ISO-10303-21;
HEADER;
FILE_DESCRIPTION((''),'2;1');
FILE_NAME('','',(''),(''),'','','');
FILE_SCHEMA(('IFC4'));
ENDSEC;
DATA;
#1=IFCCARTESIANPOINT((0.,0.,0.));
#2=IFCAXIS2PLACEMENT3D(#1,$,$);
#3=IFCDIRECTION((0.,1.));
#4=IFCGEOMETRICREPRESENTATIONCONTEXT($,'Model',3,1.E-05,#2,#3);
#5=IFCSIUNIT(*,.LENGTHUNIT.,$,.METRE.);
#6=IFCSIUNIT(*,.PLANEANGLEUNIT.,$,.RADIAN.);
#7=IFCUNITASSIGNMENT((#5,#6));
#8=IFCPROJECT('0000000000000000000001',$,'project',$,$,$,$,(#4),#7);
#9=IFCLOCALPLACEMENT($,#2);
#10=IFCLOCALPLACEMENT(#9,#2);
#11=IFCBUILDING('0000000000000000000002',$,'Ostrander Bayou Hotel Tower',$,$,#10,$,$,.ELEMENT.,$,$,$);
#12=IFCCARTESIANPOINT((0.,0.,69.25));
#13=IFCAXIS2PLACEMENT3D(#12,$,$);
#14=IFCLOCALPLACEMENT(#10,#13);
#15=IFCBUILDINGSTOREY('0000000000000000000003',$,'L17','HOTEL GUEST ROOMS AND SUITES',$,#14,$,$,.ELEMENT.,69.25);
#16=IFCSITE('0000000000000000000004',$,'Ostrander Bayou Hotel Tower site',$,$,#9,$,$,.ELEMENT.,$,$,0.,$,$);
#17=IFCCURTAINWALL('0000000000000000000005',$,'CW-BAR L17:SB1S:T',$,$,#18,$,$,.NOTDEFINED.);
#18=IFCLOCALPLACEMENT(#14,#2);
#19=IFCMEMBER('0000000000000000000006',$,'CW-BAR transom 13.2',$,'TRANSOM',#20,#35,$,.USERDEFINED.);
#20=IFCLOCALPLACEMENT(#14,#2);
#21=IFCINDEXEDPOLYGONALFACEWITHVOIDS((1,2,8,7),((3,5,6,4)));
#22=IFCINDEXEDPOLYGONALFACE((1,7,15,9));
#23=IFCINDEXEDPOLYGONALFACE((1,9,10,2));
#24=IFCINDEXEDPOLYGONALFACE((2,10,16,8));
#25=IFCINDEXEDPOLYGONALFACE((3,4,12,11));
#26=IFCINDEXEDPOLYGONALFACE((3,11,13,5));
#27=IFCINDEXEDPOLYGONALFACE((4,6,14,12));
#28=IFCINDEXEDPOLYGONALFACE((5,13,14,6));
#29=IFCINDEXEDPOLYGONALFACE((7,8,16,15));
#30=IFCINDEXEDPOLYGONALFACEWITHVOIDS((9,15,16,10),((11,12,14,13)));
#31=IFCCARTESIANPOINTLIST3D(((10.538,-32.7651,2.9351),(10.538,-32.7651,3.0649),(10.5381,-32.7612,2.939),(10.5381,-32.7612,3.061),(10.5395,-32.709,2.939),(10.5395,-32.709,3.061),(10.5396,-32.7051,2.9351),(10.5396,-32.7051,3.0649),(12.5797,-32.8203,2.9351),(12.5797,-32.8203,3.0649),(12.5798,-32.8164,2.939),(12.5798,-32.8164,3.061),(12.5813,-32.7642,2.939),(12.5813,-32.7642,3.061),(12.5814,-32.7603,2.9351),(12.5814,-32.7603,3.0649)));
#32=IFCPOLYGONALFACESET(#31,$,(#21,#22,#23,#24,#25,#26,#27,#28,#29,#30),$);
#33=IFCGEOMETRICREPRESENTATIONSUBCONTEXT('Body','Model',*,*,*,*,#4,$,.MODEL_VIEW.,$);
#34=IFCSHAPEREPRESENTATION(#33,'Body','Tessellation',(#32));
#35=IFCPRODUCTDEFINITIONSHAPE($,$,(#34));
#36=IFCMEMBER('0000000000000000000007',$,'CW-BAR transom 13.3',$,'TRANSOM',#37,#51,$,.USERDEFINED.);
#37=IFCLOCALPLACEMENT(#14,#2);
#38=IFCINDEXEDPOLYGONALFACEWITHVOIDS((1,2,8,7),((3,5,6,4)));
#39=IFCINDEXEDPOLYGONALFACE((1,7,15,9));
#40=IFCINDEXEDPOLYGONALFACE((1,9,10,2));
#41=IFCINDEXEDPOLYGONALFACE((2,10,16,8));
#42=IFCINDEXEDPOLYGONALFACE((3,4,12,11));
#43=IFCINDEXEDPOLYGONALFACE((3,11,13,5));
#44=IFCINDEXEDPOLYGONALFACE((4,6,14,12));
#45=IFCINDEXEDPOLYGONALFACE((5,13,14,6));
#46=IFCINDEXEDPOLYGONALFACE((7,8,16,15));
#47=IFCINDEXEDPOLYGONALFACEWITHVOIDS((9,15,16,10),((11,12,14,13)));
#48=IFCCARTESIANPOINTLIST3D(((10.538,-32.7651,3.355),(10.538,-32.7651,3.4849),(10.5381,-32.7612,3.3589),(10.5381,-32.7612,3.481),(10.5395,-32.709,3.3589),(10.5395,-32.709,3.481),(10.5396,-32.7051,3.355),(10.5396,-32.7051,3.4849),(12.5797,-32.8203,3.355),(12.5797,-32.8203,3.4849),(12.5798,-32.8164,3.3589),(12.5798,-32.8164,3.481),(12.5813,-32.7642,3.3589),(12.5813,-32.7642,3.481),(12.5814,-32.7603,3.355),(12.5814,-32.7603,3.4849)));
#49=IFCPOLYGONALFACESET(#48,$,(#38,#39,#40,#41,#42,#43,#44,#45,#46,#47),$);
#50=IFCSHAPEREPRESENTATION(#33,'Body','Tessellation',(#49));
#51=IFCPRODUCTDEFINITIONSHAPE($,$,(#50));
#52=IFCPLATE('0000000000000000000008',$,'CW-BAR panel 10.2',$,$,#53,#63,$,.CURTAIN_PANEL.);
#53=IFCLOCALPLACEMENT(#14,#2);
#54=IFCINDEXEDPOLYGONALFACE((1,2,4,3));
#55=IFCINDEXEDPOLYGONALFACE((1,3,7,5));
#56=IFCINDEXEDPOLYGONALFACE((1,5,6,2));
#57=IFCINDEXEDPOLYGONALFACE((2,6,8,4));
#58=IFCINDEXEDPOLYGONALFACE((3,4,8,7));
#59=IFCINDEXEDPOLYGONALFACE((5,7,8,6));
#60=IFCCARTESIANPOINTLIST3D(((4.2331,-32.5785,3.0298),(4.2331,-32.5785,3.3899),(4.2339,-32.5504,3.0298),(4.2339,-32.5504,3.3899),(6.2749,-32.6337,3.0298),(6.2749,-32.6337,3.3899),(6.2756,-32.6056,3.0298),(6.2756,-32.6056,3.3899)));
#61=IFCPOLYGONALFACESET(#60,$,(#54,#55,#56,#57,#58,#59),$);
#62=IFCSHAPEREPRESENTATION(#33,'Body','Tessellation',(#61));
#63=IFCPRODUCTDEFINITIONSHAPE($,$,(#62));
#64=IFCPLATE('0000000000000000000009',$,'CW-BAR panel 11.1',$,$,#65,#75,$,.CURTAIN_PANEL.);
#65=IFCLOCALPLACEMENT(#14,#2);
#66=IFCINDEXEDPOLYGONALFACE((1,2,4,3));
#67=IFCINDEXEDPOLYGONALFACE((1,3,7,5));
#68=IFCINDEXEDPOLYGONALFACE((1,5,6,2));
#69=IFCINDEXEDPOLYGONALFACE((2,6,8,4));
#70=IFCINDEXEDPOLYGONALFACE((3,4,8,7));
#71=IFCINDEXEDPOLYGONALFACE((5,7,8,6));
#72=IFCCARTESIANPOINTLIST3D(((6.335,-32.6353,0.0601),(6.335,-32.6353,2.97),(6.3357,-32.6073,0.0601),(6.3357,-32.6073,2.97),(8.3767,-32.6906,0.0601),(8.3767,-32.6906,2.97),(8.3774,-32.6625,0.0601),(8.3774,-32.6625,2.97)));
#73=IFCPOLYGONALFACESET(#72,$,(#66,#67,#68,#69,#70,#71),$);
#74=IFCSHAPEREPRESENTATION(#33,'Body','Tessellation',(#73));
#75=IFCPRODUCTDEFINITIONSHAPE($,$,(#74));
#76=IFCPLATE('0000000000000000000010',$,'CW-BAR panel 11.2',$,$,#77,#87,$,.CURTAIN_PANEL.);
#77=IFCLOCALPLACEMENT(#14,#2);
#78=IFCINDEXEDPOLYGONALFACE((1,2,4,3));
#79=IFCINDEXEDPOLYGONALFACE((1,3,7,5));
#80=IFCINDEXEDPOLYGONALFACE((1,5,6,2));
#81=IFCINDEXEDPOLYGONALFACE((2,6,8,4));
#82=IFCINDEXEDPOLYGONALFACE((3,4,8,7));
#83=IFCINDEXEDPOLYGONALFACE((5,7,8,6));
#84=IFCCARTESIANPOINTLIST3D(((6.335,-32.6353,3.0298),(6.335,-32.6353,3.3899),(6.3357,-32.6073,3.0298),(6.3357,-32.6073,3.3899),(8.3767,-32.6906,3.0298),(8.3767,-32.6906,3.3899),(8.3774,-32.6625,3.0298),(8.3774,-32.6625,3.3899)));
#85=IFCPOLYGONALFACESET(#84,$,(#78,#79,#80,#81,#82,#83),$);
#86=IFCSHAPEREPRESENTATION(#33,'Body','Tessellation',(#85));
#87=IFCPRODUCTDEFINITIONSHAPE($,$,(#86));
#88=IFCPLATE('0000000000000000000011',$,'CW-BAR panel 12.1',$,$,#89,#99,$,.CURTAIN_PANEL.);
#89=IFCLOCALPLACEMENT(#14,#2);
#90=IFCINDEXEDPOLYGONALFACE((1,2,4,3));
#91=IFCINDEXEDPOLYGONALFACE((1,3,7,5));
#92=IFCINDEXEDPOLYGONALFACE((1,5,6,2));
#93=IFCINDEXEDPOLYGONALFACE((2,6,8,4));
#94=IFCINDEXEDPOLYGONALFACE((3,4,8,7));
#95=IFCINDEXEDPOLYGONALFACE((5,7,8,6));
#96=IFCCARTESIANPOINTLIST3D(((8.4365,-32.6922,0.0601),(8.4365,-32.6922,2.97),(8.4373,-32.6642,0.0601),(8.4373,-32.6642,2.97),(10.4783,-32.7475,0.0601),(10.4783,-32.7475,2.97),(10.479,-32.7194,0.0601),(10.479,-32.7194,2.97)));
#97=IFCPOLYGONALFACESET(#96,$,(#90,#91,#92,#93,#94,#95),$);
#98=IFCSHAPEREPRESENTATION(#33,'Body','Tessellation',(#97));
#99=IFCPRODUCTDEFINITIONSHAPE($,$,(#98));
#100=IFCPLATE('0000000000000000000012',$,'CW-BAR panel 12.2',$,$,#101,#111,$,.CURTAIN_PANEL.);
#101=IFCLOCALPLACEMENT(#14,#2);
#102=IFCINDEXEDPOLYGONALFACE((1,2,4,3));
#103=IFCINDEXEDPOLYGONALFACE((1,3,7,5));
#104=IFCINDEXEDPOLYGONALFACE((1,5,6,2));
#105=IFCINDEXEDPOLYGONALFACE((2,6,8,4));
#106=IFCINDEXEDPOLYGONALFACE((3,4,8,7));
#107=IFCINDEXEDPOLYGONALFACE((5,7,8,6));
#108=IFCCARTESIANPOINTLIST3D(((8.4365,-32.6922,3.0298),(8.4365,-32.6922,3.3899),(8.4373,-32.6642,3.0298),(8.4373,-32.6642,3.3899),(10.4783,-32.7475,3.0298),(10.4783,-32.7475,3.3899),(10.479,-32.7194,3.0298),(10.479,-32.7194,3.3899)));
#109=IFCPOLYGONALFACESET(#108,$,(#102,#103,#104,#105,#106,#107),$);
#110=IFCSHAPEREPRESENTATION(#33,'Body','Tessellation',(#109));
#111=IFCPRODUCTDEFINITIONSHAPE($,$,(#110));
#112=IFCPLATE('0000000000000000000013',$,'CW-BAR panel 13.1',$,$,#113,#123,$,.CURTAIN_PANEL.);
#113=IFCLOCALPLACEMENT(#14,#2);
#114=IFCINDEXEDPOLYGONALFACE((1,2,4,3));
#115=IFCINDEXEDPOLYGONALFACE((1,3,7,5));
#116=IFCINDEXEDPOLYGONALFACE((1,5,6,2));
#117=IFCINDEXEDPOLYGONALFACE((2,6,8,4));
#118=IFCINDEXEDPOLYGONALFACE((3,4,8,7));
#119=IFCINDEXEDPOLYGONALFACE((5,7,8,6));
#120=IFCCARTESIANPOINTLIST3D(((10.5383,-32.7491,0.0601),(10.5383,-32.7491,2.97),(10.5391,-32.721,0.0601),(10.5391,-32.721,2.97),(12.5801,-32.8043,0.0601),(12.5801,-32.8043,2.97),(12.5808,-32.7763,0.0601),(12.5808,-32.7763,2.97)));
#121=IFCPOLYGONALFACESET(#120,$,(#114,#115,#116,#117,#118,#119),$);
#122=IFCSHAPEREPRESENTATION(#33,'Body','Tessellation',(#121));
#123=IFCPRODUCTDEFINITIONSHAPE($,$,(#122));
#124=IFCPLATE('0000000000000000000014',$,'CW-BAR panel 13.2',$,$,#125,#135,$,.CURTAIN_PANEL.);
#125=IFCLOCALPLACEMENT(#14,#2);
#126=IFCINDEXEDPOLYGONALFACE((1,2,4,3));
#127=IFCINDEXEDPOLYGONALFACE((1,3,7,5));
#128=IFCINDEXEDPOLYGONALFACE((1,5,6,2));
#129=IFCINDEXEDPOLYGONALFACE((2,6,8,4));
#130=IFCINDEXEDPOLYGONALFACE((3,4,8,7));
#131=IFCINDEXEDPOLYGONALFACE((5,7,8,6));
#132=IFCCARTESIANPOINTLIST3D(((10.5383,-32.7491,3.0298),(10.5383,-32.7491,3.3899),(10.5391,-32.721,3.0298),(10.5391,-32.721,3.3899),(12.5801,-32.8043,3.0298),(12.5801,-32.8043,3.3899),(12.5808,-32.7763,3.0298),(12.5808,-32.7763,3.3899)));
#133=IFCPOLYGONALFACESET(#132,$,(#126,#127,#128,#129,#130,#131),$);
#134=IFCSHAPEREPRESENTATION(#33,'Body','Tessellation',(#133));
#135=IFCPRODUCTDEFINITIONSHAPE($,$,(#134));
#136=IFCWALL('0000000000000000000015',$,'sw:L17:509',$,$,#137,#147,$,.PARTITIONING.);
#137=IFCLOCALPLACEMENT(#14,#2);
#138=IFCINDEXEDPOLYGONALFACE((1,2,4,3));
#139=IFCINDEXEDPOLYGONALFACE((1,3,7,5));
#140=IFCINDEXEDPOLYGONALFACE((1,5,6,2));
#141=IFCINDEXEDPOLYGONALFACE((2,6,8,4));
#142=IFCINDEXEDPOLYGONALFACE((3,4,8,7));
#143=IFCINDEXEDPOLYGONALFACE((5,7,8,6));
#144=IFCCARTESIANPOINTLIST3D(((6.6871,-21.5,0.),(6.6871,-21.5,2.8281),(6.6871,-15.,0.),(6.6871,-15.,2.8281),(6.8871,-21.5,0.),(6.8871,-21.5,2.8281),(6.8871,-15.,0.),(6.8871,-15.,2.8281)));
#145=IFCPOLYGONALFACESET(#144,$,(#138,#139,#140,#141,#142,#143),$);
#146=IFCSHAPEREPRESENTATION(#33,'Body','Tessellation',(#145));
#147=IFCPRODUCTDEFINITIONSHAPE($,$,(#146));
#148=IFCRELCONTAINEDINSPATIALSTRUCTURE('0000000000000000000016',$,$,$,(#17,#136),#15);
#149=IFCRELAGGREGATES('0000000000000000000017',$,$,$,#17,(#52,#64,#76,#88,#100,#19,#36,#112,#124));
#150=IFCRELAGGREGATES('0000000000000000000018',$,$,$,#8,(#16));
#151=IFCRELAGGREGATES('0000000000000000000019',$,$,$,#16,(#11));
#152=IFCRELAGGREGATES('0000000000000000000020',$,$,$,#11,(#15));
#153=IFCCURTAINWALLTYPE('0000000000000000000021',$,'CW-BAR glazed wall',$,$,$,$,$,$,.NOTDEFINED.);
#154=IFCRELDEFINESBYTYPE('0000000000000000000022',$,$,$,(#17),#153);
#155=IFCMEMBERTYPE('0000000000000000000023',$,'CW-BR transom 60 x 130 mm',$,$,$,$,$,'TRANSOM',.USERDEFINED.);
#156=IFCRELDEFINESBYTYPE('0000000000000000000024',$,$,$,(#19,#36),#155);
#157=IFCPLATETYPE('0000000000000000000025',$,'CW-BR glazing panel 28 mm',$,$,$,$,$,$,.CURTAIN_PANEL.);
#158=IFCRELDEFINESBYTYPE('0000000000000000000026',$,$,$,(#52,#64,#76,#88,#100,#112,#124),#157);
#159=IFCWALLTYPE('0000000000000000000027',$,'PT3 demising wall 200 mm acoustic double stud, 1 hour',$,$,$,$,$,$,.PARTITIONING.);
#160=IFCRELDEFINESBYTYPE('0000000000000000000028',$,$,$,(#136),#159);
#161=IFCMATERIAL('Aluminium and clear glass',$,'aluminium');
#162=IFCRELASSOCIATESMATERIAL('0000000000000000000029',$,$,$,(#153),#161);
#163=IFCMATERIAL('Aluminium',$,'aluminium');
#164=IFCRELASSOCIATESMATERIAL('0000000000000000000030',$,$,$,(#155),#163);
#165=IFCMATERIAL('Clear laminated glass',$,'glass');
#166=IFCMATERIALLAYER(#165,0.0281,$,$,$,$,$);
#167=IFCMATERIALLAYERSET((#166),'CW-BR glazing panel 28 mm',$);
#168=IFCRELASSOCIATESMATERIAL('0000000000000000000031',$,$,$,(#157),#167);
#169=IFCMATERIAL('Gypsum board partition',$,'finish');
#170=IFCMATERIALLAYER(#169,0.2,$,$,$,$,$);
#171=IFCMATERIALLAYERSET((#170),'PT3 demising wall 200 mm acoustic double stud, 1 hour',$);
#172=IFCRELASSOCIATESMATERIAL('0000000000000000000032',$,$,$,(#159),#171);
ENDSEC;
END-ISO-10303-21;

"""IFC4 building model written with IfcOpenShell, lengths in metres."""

from ifc_helpers import new_model, si_unit, direction, frame, frame_2d, origin, origin_2d, place, context, subcontext, project, spatial, rectangle, hollow_rectangle, extrude, material, layer, layer_set, material_profile, profile_set, type_object, element, aggregate, save


model = new_model("IFC4")

# Units and contexts
model_context = context("Model", 3, precision=1e-05, world=origin(), true_north=direction((0.0, 1.0)))
body_context = subcontext(model_context, "Body", "Model", "MODEL_VIEW")
ifc_project = project(units=[si_unit("LENGTHUNIT", "METRE"), si_unit("PLANEANGLEUNIT", "RADIAN")], contexts=[model_context])

# Site, building, storey
site_placement = place(None, origin())
site = spatial("IfcSite", under=ifc_project, at=site_placement, Name="Ostrander Bayou Hotel Tower site", CompositionType="ELEMENT", RefElevation=0.0)
building_placement = place(site_placement, origin())
building = spatial("IfcBuilding", under=site, at=building_placement, Name="Ostrander Bayou Hotel Tower", CompositionType="ELEMENT")
storey_placement = place(building_placement, frame((0.0, 0.0, 69.25)))
storey = spatial("IfcBuildingStorey", under=building, at=storey_placement, Name="L17", Description="HOTEL GUEST ROOMS AND SUITES", CompositionType="ELEMENT", Elevation=69.25)

# Curtain wall, members, plates
ifc_material_1 = material(Name="Aluminium and clear glass", Category="aluminium")
curtain_wall_type = type_object("IfcCurtainWallType", Name="CW-BAR glazed wall", PredefinedType="NOTDEFINED", material=ifc_material_1)
curtain_wall_placement = place(storey_placement, origin())
curtain_wall = element("IfcCurtainWall", 1, at=curtain_wall_placement, inside=storey, type_object=curtain_wall_type, Name="CW-BAR L17:SB1S:T", PredefinedType="NOTDEFINED")
ifc_material_2 = material(Name="Aluminium", Category="aluminium")
ifc_material_profile_1 = material_profile(ifc_material_2, hollow_rectangle(XDim=0.0601, YDim=0.1299, WallThickness=0.0039, at=origin_2d()))
ifc_profile_set_1 = profile_set([ifc_material_profile_1], Name="Aluminium")
member_type_1 = type_object("IfcMemberType", Name="CW-BR transom 60 x 130 mm", ElementType="TRANSOM", PredefinedType="USERDEFINED", material=ifc_profile_set_1)
member_1_placement = place(storey_placement, frame((10.5388, -32.7351, 3.0), z_axis=(0.999635, -0.027014, 0.0), x_axis=(0.027014, 0.999635, 0.0)))
member_1 = element("IfcMember", 2, at=member_1_placement, type_object=member_type_1, Name="CW-BAR transom 13.2", ObjectType="TRANSOM", PredefinedType="USERDEFINED", context=body_context, shape_type="SweptSolid", body=[
    extrude(hollow_rectangle(XDim=0.0601, YDim=0.1299, WallThickness=0.0039, at=origin_2d()), origin(), (0.0, 0.0, 1.0), 2.0425),
])
member_2_placement = place(storey_placement, frame((10.5388, -32.7351, 3.4199), z_axis=(0.999635, -0.027014, 0.0), x_axis=(0.027014, 0.999635, 0.0)))
member_2 = element("IfcMember", 3, at=member_2_placement, type_object=member_type_1, Name="CW-BAR transom 13.3", ObjectType="TRANSOM", PredefinedType="USERDEFINED", context=body_context, shape_type="SweptSolid", body=[
    extrude(hollow_rectangle(XDim=0.0601, YDim=0.1299, WallThickness=0.0039, at=origin_2d()), origin(), (0.0, 0.0, 1.0), 2.0425),
])
ifc_material_3 = material(Name="Clear laminated glass", Category="glass")
ifc_layer_1 = layer(ifc_material_3, 0.0281)
ifc_layer_set_1 = layer_set([ifc_layer_1], Name="CW-BR glazing panel 28 mm")
plate_type = type_object("IfcPlateType", Name="CW-BR glazing panel 28 mm", PredefinedType="CURTAIN_PANEL", material=ifc_layer_set_1)
plate_1_placement = place(storey_placement, frame((5.2544, -32.592, 3.0298), z_axis=(0.0, 0.0, 1.0), x_axis=(0.999634, -0.027042, 0.0)))
plate_1 = element("IfcPlate", 4, at=plate_1_placement, type_object=plate_type, Name="CW-BAR panel 10.2", PredefinedType="CURTAIN_PANEL", context=body_context, shape_type="SweptSolid", body=[
    extrude(rectangle(XDim=2.0425, YDim=0.0281, at=origin_2d()), origin(), (0.0, 0.0, 1.0), 0.3601),
])
plate_2_placement = place(storey_placement, frame((7.3562, -32.6489, 0.0601), z_axis=(0.0, 0.0, 1.0), x_axis=(0.999634, -0.027042, 0.0)))
plate_2 = element("IfcPlate", 5, at=plate_2_placement, type_object=plate_type, Name="CW-BAR panel 11.1", PredefinedType="CURTAIN_PANEL", context=body_context, shape_type="SweptSolid", body=[
    extrude(rectangle(XDim=2.0425, YDim=0.0281, at=origin_2d()), origin(), (0.0, 0.0, 1.0), 2.9099),
])
plate_3_placement = place(storey_placement, frame((7.3562, -32.6489, 3.0298), z_axis=(0.0, 0.0, 1.0), x_axis=(0.999634, -0.027042, 0.0)))
plate_3 = element("IfcPlate", 6, at=plate_3_placement, type_object=plate_type, Name="CW-BAR panel 11.2", PredefinedType="CURTAIN_PANEL", context=body_context, shape_type="SweptSolid", body=[
    extrude(rectangle(XDim=2.0425, YDim=0.0281, at=origin_2d()), origin(), (0.0, 0.0, 1.0), 0.3601),
])
plate_4_placement = place(storey_placement, frame((9.4578, -32.7058, 0.0601), z_axis=(0.0, 0.0, 1.0), x_axis=(0.999634, -0.027042, 0.0)))
plate_4 = element("IfcPlate", 7, at=plate_4_placement, type_object=plate_type, Name="CW-BAR panel 12.1", PredefinedType="CURTAIN_PANEL", context=body_context, shape_type="SweptSolid", body=[
    extrude(rectangle(XDim=2.0425, YDim=0.0281, at=origin_2d()), origin(), (0.0, 0.0, 1.0), 2.9099),
])
plate_5_placement = place(storey_placement, frame((9.4578, -32.7058, 3.0298), z_axis=(0.0, 0.0, 1.0), x_axis=(0.999634, -0.027042, 0.0)))
plate_5 = element("IfcPlate", 8, at=plate_5_placement, type_object=plate_type, Name="CW-BAR panel 12.2", PredefinedType="CURTAIN_PANEL", context=body_context, shape_type="SweptSolid", body=[
    extrude(rectangle(XDim=2.0425, YDim=0.0281, at=origin_2d()), origin(), (0.0, 0.0, 1.0), 0.3601),
])
plate_6_placement = place(storey_placement, frame((11.5596, -32.7627, 0.0601), z_axis=(0.0, 0.0, 1.0), x_axis=(0.999634, -0.027042, 0.0)))
plate_6 = element("IfcPlate", 9, at=plate_6_placement, type_object=plate_type, Name="CW-BAR panel 13.1", PredefinedType="CURTAIN_PANEL", context=body_context, shape_type="SweptSolid", body=[
    extrude(rectangle(XDim=2.0425, YDim=0.0281, at=origin_2d()), origin(), (0.0, 0.0, 1.0), 2.9099),
])
plate_7_placement = place(storey_placement, frame((11.5596, -32.7627, 3.0298), z_axis=(0.0, 0.0, 1.0), x_axis=(0.999634, -0.027042, 0.0)))
plate_7 = element("IfcPlate", 10, at=plate_7_placement, type_object=plate_type, Name="CW-BAR panel 13.2", PredefinedType="CURTAIN_PANEL", context=body_context, shape_type="SweptSolid", body=[
    extrude(rectangle(XDim=2.0425, YDim=0.0281, at=origin_2d()), origin(), (0.0, 0.0, 1.0), 0.3601),
])
aggregate(curtain_wall, [plate_1, plate_2, plate_3, plate_4, plate_5, member_1, member_2, plate_6, plate_7])

# Wall
ifc_material_4 = material(Name="Gypsum board partition", Category="finish")
ifc_layer_2 = layer(ifc_material_4, 0.2)
ifc_layer_set_2 = layer_set([ifc_layer_2], Name="PT3 demising wall 200 mm acoustic double stud, 1 hour")
wall_type = type_object("IfcWallType", Name="PT3 demising wall 200 mm acoustic double stud, 1 hour", PredefinedType="PARTITIONING", material=ifc_layer_set_2)
wall_placement = place(storey_placement, frame((6.7871, -21.5, 0.0), z_axis=(0.0, 0.0, 1.0), x_axis=(0.0, 1.0, 0.0)))
element("IfcWall", 11, at=wall_placement, inside=storey, type_object=wall_type, Name="sw:L17:509", PredefinedType="PARTITIONING", context=body_context, shape_type="SweptSolid", body=[
    extrude(rectangle(XDim=6.5, YDim=0.2, at=frame_2d((3.25, 0.0))), origin(), (0.0, 0.0, 1.0), 2.8281),
])

save(model, "model.ifc")
